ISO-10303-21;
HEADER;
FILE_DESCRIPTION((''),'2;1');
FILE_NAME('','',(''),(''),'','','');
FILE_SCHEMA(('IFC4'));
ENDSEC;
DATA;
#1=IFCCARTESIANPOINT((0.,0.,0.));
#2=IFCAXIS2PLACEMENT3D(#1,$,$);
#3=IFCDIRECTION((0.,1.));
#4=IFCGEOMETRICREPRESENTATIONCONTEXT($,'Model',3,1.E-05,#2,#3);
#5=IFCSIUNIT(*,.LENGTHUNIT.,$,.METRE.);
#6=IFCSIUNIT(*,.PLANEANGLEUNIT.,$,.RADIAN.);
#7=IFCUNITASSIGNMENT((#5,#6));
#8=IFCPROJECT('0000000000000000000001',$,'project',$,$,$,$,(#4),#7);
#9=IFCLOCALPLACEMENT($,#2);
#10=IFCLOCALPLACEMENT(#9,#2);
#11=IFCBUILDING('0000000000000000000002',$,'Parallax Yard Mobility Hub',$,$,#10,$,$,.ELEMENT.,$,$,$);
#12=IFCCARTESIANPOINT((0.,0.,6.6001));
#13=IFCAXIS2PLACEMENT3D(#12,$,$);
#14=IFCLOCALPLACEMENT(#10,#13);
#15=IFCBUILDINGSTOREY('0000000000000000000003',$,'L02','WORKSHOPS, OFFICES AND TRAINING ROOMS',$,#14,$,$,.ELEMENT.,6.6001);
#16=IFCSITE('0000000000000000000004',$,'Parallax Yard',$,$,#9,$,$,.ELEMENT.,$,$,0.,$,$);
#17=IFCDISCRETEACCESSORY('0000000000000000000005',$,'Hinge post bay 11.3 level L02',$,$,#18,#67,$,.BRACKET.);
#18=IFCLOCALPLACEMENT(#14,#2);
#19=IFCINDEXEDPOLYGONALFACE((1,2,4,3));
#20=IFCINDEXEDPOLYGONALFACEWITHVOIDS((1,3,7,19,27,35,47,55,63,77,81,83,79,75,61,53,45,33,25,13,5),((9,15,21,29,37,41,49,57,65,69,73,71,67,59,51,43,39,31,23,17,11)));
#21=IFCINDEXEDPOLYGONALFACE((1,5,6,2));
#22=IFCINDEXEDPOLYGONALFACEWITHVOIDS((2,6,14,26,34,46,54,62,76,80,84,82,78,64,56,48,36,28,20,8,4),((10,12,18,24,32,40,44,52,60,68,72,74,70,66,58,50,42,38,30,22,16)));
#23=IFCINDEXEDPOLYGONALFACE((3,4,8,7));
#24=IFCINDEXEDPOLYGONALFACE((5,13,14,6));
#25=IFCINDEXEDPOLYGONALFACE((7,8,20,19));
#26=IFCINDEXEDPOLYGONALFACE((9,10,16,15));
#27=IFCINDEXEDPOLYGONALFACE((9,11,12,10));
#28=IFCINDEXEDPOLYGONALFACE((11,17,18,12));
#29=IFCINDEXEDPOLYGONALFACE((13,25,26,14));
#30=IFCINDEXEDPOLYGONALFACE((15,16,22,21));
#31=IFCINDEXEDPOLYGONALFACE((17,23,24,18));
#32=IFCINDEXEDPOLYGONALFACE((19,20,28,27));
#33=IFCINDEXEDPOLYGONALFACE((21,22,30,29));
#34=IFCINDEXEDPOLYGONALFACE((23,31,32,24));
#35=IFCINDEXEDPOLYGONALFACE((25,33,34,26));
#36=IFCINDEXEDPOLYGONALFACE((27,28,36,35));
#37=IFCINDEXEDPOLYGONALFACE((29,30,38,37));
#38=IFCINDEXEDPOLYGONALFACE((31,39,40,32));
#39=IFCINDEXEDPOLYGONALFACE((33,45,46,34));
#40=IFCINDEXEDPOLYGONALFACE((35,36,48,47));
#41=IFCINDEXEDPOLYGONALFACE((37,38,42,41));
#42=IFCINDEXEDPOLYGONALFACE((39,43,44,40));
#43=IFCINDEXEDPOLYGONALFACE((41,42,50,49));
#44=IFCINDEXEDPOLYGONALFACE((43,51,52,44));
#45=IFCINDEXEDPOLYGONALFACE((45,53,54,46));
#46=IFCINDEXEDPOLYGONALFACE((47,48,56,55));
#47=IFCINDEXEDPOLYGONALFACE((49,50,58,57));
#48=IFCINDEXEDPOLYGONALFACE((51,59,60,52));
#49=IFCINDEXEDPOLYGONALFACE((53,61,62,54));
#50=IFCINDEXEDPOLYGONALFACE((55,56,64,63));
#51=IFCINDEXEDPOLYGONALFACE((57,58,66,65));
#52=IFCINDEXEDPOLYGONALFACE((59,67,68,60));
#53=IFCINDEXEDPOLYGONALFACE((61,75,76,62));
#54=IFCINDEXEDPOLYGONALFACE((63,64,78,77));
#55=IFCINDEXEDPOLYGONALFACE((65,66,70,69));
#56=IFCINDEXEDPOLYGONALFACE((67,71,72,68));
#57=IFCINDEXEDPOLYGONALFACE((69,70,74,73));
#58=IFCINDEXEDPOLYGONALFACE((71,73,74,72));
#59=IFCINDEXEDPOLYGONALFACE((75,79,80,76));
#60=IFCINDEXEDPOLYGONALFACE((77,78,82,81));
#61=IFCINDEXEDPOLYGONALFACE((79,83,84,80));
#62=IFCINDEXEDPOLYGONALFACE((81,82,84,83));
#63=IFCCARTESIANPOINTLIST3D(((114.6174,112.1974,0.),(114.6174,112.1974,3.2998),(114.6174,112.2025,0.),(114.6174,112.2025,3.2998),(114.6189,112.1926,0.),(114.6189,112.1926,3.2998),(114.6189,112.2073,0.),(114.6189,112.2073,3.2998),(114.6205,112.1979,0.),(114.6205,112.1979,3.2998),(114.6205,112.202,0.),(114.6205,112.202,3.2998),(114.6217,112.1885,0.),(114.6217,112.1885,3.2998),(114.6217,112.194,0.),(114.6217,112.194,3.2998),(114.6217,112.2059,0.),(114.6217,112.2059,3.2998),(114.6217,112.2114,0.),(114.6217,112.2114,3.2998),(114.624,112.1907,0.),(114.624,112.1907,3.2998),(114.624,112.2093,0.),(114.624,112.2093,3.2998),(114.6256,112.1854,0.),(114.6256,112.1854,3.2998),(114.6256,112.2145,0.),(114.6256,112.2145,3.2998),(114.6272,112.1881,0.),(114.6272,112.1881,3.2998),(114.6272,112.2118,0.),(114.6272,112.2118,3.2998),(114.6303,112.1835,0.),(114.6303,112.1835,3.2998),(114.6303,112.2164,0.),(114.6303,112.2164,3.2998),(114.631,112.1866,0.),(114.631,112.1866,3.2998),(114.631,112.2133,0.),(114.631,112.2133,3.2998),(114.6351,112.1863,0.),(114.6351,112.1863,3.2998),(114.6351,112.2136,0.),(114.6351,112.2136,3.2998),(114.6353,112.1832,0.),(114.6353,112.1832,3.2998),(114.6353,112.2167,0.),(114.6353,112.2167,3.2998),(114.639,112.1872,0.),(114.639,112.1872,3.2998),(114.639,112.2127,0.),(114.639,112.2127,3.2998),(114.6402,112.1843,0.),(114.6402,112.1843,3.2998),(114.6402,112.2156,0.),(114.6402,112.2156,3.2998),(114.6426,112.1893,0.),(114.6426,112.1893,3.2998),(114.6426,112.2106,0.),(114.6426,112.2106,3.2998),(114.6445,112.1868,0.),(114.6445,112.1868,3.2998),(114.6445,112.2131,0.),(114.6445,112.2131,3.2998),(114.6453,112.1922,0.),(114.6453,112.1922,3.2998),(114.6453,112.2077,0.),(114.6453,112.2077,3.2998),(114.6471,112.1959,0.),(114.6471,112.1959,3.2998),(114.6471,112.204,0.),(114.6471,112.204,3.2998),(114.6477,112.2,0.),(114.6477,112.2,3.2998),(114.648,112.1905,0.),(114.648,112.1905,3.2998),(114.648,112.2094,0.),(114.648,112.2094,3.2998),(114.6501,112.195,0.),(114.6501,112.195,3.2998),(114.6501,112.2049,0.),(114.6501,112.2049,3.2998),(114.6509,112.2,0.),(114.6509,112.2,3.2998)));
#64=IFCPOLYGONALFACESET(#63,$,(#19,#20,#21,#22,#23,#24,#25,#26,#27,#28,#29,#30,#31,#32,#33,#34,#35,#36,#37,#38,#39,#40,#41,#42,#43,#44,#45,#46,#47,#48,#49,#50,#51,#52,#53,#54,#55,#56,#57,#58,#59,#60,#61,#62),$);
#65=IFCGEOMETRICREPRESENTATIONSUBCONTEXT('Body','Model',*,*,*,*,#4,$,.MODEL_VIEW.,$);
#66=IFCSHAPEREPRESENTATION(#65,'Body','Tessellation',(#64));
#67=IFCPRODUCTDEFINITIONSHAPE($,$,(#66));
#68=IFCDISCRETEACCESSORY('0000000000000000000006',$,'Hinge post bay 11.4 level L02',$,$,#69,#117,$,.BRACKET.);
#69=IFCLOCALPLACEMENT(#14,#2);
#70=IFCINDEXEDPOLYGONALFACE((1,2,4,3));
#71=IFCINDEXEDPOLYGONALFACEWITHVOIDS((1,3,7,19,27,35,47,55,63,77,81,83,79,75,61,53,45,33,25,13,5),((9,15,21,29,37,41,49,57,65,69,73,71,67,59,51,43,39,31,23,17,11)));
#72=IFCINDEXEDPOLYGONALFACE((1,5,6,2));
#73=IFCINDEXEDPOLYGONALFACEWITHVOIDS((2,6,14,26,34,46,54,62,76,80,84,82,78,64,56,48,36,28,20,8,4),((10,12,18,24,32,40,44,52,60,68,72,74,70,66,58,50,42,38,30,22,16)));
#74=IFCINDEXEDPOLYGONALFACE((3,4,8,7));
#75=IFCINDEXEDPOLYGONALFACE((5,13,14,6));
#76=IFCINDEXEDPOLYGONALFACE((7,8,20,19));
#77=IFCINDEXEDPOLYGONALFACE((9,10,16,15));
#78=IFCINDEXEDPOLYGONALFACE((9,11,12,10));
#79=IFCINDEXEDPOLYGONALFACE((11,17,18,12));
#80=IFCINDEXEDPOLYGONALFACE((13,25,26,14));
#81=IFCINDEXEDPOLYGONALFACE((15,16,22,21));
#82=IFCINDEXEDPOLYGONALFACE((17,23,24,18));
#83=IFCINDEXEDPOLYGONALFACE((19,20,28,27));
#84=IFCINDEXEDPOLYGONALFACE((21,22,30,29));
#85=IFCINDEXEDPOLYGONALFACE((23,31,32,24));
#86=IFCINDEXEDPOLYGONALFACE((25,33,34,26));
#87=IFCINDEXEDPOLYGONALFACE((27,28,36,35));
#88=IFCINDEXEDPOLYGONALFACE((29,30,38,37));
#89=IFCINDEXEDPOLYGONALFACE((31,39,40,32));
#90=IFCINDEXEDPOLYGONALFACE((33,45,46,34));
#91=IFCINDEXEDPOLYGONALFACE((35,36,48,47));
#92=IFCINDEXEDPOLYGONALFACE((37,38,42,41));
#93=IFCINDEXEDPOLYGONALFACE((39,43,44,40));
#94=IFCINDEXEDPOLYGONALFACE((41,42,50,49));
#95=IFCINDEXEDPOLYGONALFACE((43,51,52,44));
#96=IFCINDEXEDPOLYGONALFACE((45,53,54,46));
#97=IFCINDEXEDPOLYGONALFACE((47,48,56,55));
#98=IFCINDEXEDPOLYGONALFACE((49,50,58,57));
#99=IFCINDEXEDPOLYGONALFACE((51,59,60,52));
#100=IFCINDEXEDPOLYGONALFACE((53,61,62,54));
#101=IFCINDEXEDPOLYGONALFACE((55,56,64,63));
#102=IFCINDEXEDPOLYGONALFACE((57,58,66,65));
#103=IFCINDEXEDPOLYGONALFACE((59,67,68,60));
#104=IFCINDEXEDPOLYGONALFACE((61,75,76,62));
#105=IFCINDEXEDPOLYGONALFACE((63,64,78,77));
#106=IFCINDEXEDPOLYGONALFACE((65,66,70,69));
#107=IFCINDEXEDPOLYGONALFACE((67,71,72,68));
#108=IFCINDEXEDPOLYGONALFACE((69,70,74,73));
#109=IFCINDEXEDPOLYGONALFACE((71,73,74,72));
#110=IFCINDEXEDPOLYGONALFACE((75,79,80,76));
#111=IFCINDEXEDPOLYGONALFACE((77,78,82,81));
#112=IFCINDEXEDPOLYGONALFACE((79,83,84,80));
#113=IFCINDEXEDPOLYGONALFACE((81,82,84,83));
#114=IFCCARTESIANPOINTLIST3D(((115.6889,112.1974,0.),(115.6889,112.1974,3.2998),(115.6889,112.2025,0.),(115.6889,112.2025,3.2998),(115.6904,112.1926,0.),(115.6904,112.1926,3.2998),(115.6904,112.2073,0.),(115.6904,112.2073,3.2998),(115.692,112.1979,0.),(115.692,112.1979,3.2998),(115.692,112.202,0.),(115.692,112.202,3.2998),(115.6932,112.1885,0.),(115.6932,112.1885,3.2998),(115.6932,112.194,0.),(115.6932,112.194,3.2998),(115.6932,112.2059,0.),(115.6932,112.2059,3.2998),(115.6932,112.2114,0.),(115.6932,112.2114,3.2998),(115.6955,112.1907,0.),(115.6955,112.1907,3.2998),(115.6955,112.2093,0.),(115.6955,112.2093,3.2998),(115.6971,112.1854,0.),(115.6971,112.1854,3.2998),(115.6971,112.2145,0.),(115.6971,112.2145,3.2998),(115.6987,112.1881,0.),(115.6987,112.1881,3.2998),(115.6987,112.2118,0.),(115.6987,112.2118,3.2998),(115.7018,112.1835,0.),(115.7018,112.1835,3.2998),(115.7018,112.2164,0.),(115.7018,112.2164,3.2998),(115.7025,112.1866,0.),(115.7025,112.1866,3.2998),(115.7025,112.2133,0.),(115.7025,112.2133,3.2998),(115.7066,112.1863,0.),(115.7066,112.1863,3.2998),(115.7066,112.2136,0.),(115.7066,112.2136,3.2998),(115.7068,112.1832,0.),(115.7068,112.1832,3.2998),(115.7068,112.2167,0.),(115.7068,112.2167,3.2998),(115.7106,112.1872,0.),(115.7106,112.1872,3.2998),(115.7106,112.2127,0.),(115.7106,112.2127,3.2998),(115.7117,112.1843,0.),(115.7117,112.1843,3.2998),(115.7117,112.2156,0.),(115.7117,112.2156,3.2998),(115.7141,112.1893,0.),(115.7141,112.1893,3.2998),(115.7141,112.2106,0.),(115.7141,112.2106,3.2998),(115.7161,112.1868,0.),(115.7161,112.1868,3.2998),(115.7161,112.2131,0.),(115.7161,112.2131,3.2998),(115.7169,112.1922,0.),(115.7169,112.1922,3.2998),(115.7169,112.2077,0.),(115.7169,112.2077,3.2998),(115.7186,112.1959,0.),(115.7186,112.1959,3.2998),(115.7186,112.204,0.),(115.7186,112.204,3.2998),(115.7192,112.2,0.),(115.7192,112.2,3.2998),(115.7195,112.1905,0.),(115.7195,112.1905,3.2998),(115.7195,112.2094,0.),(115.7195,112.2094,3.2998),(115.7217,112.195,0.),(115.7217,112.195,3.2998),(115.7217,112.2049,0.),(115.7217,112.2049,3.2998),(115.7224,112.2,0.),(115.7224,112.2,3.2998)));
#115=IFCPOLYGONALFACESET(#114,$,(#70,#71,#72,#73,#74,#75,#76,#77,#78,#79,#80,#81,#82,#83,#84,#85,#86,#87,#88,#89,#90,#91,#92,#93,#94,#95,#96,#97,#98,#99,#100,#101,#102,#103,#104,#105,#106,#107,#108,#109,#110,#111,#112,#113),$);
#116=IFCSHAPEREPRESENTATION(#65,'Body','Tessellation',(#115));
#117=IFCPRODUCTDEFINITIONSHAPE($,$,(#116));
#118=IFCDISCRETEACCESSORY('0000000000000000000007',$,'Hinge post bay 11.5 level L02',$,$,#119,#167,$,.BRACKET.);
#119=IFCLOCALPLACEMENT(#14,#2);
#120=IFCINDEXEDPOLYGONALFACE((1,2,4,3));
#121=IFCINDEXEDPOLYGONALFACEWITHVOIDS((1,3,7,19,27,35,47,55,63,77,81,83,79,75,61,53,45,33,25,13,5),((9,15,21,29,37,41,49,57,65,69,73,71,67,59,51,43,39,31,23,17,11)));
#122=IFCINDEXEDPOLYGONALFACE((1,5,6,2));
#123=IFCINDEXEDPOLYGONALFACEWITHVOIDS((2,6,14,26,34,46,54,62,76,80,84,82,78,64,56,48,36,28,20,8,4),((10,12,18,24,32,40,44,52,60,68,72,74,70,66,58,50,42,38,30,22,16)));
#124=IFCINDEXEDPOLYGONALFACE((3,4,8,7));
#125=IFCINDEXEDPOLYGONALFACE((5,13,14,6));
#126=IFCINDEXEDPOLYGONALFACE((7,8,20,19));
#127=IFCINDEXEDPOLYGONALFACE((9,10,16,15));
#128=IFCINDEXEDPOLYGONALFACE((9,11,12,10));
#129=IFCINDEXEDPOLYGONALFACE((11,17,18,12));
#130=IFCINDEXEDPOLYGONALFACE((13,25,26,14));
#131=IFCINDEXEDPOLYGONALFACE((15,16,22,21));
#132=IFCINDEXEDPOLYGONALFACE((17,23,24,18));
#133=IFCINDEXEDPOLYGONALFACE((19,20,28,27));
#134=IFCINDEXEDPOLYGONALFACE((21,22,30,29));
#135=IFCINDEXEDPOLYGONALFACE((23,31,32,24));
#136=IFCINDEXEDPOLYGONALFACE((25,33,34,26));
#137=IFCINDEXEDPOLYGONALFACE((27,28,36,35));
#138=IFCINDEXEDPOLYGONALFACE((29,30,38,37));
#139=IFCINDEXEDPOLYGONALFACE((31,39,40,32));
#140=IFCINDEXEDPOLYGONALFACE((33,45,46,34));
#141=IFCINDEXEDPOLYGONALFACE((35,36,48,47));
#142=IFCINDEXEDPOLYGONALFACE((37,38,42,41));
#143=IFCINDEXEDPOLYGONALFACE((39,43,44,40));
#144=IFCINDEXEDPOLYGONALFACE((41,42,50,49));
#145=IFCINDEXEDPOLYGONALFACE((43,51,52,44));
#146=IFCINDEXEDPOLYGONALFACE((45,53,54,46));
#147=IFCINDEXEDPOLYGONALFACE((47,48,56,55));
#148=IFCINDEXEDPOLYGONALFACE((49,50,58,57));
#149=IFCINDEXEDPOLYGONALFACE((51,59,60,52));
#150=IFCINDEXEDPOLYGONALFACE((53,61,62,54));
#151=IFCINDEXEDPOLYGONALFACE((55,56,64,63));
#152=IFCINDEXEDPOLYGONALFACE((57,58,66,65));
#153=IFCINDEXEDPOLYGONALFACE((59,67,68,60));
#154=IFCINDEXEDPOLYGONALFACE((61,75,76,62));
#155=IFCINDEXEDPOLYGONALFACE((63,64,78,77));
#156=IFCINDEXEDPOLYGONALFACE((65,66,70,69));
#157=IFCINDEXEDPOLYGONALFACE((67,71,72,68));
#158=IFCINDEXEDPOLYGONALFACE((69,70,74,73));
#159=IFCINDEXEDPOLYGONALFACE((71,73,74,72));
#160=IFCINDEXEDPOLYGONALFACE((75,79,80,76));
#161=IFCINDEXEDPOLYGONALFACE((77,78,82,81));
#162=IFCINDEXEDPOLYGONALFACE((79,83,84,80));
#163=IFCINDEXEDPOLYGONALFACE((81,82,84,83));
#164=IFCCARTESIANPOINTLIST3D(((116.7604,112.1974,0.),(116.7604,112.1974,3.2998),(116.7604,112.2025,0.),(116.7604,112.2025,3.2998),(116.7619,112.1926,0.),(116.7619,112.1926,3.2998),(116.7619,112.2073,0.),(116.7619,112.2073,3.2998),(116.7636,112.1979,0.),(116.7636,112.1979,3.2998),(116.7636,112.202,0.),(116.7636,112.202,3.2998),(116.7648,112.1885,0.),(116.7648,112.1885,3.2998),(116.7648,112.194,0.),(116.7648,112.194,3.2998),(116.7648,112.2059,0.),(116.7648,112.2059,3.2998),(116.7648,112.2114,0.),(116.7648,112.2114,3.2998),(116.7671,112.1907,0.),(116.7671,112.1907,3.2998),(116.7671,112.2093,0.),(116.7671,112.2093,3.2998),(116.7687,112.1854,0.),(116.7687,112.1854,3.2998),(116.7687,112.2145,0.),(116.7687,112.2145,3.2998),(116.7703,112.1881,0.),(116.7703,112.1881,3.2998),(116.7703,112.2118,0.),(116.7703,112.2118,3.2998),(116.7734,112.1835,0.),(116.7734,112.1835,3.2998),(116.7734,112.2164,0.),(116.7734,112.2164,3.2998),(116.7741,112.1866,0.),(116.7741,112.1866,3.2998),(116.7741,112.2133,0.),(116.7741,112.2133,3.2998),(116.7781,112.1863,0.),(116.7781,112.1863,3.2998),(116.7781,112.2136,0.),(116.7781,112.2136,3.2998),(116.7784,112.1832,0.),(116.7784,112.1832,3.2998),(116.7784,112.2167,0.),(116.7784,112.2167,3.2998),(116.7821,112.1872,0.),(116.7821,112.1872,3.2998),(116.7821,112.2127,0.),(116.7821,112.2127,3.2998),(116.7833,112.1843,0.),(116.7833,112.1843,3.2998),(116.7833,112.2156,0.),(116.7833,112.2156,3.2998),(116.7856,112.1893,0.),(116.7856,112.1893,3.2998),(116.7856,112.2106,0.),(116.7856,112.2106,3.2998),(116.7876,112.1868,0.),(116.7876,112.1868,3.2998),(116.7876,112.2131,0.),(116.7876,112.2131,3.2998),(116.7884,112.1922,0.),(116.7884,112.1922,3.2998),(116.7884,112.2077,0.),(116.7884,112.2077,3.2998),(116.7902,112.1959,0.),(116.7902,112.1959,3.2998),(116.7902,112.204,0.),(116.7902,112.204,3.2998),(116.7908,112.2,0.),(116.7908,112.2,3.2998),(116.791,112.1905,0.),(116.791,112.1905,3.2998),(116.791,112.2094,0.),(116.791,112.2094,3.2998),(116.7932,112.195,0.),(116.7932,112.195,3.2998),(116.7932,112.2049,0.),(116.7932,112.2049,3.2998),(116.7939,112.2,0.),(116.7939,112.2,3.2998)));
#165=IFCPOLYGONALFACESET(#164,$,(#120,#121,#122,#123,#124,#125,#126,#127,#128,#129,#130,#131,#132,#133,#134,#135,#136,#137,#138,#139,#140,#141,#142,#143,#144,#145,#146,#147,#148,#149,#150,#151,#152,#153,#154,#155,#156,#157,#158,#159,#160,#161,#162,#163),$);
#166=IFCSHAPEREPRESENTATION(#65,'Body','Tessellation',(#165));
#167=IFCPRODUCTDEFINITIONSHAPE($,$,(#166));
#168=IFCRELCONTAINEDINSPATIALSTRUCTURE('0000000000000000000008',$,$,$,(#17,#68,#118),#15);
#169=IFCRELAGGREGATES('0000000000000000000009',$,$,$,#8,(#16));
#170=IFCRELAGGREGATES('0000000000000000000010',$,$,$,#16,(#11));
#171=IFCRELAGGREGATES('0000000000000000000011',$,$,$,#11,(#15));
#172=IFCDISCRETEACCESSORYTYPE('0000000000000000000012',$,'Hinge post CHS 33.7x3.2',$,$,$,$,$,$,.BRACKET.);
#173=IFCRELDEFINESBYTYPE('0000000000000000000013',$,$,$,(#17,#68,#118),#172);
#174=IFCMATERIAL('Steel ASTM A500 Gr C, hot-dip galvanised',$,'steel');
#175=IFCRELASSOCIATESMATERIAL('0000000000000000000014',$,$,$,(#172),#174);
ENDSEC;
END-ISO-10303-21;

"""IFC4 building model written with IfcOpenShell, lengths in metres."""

from ifc_helpers import new_model, si_unit, direction, frame, origin, origin_2d, place, context, subcontext, project, spatial, hollow_circle, extrude, material, material_profile, profile_set, type_object, element, save


model = new_model("IFC4")

# Units and contexts
model_context = context("Model", 3, precision=1e-05, world=origin(), true_north=direction((0.0, 1.0)))
body_context = subcontext(model_context, "Body", "Model", "MODEL_VIEW")
ifc_project = project(units=[si_unit("LENGTHUNIT", "METRE"), si_unit("PLANEANGLEUNIT", "RADIAN")], contexts=[model_context])

# Site, building, storey
site_placement = place(None, origin())
site = spatial("IfcSite", under=ifc_project, at=site_placement, Name="Parallax Yard", CompositionType="ELEMENT", RefElevation=0.0)
building_placement = place(site_placement, origin())
building = spatial("IfcBuilding", under=site, at=building_placement, Name="Parallax Yard Mobility Hub", CompositionType="ELEMENT")
storey_placement = place(building_placement, frame((0.0, 0.0, 6.6001)))
storey = spatial("IfcBuildingStorey", under=building, at=storey_placement, Name="L02", Description="WORKSHOPS, OFFICES AND TRAINING ROOMS", CompositionType="ELEMENT", Elevation=6.6001)

# Discrete accessories
ifc_material_1 = material(Name="Steel ASTM A500 Gr C, hot-dip galvanised", Category="steel")
ifc_material_profile_1 = material_profile(ifc_material_1, hollow_circle(Radius=0.0168, WallThickness=0.0032, at=origin_2d()), Name="CHS 33.7x3.2")
ifc_profile_set_1 = profile_set([ifc_material_profile_1], Name="Steel ASTM A500 Gr C, hot-dip galvanised")
discrete_accessory_type_1 = type_object("IfcDiscreteAccessoryType", Name="Hinge post CHS 33.7x3.2", PredefinedType="BRACKET", material=ifc_profile_set_1)
for number, where, z_axis, x_axis, name in (
    (1, (114.634, 112.2, 0.0), (0.0, 0.0, 1.0), (1.0, 0.0, 0.0), "Hinge post bay 11.3 level L02"),
    (2, (115.7056, 112.2, 0.0), (0.0, 0.0, 1.0), (1.0, 0.0, 0.0), "Hinge post bay 11.4 level L02"),
    (3, (116.7771, 112.2, 0.0), (0.0, 0.0, 1.0), (1.0, 0.0, 0.0), "Hinge post bay 11.5 level L02"),
):
    element("IfcDiscreteAccessory", number, at=place(storey_placement, frame(where, z_axis=z_axis, x_axis=x_axis)), inside=storey, type_object=discrete_accessory_type_1, Name=name, PredefinedType="BRACKET", context=body_context, shape_type="SweptSolid", body=[
        extrude(hollow_circle(Radius=0.0168, WallThickness=0.0032, at=origin_2d()), origin(), (0.0, 0.0, 1.0), 3.2998),
    ])

save(model, "model.ifc")
